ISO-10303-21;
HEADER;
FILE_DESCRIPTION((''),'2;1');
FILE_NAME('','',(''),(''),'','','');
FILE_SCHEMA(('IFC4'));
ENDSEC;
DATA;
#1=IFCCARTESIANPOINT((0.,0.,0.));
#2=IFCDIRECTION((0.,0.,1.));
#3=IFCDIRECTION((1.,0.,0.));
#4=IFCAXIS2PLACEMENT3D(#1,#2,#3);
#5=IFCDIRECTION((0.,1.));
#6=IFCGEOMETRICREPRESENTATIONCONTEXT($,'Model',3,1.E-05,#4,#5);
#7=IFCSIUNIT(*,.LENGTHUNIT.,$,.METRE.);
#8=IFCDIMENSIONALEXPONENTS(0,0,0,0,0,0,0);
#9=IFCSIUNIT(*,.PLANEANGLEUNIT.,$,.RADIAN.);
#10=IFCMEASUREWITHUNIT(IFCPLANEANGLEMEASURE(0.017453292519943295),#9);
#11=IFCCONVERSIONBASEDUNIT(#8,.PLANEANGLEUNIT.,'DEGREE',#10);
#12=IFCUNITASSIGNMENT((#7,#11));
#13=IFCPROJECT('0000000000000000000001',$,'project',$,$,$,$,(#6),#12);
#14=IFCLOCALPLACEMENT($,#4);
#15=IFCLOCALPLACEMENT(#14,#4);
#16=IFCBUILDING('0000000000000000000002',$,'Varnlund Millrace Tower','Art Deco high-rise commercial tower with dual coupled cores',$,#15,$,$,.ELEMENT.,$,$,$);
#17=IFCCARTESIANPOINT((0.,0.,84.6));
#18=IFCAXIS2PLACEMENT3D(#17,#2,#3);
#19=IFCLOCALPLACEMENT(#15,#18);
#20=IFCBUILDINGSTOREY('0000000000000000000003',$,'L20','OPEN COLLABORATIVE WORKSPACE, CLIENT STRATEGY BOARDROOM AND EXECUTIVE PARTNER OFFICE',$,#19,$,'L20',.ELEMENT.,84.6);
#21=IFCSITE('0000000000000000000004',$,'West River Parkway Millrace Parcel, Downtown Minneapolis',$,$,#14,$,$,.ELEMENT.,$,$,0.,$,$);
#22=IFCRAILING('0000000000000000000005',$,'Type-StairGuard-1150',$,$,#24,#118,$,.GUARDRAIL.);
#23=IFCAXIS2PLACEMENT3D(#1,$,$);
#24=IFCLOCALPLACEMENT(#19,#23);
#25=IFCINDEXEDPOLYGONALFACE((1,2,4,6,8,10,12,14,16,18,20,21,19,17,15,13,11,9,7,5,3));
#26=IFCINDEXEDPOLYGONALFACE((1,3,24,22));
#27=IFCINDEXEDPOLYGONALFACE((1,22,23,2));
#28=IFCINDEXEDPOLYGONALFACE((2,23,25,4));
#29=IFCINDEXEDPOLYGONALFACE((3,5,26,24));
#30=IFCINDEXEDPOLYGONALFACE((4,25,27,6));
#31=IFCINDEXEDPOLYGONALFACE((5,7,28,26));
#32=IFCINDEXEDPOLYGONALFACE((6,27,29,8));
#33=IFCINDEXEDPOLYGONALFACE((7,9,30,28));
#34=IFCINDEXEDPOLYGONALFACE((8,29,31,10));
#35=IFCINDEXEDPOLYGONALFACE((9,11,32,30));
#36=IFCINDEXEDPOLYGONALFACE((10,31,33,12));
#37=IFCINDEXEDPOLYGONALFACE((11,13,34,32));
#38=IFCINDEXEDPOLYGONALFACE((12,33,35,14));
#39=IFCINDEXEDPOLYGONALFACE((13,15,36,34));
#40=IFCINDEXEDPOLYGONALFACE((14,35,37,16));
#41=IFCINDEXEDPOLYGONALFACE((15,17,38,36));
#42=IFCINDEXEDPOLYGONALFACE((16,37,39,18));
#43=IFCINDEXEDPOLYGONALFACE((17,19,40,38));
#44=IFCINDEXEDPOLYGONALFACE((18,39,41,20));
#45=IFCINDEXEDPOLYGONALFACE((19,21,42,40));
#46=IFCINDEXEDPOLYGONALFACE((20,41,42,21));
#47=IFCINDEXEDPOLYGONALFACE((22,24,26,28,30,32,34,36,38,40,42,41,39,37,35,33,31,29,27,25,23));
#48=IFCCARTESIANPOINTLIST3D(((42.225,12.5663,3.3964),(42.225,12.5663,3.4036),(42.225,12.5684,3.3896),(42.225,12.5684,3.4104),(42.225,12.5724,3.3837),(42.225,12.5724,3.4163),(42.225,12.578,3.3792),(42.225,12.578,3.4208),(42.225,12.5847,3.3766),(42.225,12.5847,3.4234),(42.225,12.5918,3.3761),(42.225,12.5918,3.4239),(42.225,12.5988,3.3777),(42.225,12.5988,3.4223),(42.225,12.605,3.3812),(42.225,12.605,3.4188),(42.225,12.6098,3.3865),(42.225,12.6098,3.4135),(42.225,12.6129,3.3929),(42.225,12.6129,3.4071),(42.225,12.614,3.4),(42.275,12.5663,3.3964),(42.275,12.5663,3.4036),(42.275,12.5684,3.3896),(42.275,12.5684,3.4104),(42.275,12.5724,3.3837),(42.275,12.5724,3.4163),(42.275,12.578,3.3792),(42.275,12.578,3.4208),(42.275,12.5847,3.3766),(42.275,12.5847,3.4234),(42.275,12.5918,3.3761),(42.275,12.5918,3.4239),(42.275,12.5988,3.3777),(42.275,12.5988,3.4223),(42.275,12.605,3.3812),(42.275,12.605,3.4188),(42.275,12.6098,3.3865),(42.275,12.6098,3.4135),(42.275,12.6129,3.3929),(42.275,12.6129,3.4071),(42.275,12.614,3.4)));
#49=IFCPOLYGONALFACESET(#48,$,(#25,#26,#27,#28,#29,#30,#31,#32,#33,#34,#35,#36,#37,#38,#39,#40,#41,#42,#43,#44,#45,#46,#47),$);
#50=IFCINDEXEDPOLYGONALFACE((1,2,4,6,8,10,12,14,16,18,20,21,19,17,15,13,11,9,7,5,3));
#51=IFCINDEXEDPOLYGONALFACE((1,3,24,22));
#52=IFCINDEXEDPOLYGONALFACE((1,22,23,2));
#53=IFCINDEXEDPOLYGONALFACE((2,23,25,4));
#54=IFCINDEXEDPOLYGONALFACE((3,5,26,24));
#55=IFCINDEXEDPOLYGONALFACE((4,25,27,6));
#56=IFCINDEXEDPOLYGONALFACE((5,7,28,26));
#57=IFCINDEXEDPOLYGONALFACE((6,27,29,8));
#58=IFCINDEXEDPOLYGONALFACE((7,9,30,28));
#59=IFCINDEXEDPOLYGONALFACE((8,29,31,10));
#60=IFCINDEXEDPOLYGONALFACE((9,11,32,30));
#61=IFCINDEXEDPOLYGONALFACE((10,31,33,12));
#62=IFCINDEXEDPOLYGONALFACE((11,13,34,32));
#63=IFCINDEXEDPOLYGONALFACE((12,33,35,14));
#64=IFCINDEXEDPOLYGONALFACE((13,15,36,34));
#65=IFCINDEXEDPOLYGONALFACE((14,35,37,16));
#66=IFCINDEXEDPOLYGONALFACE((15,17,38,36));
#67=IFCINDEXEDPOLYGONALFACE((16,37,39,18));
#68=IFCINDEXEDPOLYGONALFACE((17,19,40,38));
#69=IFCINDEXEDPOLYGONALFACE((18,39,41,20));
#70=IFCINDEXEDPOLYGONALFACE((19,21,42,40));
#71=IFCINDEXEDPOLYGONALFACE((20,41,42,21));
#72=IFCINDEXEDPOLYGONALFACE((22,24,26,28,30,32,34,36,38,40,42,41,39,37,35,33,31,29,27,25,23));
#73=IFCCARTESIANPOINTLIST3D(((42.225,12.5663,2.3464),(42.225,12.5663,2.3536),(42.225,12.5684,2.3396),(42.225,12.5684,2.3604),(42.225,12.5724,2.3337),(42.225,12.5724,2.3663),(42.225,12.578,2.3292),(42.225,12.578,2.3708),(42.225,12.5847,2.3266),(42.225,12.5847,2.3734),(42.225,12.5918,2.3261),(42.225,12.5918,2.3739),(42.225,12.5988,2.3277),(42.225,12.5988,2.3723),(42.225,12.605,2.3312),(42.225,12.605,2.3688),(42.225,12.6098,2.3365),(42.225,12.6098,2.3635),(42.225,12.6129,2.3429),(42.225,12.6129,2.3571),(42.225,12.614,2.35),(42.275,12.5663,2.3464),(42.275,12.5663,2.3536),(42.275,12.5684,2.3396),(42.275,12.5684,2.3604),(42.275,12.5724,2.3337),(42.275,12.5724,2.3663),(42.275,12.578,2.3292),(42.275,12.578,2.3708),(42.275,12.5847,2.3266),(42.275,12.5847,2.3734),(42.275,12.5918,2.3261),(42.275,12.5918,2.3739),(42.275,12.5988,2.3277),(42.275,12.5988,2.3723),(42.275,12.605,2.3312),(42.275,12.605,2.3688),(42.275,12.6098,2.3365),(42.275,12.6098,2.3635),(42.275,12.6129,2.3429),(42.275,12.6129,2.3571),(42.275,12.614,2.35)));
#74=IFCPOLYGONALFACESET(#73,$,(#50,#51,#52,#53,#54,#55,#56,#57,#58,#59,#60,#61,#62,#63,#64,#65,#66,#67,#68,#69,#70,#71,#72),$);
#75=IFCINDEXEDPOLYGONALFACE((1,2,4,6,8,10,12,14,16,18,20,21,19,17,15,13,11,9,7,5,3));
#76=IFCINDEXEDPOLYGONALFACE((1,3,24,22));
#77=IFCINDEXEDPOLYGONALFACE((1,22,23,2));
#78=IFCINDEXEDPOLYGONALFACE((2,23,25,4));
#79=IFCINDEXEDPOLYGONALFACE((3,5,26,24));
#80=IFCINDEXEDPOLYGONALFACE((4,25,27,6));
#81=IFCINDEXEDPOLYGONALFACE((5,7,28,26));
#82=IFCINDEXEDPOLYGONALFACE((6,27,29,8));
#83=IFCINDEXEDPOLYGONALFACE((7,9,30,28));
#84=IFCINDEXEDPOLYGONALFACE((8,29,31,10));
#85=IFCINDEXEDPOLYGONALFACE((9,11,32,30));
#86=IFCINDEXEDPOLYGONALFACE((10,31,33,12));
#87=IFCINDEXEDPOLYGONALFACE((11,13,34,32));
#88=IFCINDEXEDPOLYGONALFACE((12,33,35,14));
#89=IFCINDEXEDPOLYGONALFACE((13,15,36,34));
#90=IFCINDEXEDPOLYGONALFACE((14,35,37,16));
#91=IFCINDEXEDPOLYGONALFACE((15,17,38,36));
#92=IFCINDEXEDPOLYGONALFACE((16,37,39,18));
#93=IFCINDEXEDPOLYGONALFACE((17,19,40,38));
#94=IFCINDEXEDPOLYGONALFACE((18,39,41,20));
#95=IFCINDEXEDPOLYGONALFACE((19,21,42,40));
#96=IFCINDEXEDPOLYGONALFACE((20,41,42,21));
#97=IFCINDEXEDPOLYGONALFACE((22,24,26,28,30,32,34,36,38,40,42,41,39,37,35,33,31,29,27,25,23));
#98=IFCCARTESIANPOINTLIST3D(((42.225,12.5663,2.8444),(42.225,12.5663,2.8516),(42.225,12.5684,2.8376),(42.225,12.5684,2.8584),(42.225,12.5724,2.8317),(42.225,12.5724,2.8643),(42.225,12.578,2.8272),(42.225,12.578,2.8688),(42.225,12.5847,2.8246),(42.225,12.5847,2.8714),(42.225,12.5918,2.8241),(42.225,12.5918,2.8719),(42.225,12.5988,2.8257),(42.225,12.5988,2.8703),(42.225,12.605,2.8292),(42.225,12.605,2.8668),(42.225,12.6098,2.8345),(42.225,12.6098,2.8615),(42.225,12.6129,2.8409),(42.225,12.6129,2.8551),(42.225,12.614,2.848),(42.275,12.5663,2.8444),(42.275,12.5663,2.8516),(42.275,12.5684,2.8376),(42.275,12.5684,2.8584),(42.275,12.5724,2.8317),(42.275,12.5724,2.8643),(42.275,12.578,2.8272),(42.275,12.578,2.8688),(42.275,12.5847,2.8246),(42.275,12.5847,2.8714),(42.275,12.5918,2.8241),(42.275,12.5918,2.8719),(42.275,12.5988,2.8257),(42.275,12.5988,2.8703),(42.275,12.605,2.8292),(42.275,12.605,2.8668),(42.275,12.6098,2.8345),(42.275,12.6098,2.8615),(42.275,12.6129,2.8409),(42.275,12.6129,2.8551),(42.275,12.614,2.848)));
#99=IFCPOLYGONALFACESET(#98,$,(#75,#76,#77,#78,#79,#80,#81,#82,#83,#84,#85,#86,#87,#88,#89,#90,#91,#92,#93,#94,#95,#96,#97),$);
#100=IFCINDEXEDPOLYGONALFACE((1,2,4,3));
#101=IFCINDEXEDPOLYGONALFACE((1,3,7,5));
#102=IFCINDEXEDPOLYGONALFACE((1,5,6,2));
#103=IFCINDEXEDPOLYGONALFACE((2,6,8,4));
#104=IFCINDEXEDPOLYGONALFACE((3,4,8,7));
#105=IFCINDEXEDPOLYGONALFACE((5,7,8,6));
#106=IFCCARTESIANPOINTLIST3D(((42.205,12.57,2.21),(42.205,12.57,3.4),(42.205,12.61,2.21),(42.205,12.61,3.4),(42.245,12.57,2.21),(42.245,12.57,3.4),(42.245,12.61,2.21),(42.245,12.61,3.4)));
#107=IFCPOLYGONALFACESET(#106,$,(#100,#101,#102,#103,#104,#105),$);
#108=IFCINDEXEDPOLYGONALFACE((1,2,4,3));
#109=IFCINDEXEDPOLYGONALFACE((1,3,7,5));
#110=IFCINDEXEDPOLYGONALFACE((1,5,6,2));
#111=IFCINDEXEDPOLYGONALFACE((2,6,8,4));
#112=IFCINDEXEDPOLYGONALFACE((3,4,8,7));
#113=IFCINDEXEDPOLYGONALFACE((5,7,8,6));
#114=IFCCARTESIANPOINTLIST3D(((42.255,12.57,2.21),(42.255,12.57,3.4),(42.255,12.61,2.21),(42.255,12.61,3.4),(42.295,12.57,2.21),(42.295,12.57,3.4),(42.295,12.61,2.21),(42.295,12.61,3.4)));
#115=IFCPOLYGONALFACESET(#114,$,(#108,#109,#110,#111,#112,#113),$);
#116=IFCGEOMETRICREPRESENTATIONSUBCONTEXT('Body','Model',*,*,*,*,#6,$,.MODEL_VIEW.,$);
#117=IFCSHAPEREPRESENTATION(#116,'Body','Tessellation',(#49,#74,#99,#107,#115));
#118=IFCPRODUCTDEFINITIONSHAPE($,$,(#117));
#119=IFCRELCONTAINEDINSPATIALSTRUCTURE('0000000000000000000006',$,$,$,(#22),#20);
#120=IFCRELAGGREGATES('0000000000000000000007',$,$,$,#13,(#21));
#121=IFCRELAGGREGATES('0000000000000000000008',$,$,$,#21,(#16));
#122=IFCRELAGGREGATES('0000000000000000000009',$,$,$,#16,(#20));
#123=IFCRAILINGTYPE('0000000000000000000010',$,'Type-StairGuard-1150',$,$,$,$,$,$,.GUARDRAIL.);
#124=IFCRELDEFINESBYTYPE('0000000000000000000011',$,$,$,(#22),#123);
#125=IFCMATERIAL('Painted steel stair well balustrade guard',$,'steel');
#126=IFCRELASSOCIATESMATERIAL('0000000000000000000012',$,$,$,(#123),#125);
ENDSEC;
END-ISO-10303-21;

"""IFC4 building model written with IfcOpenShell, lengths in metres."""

from ifc_helpers import new_model, entity, si_unit, converted_unit, direction, frame, origin_with_axes, origin_2d_with_axis, place, context, subcontext, project, spatial, rectangle, circle, extrude, material, type_object, element, save


model = new_model("IFC4")

# Units and contexts
model_context = context("Model", 3, precision=1e-05, world=origin_with_axes(), true_north=direction((0.0, 1.0)))
body_context = subcontext(model_context, "Body", "Model", "MODEL_VIEW")
ifc_project = project(units=[si_unit("LENGTHUNIT", "METRE"), converted_unit("PLANEANGLEUNIT", "DEGREE", entity("IfcPlaneAngleMeasure", 0.017453292519943295), si_unit("PLANEANGLEUNIT", "RADIAN"), dimensions=[0, 0, 0, 0, 0, 0, 0])], contexts=[model_context])

# Site, building, storey
site_placement = place(None, origin_with_axes())
site = spatial("IfcSite", under=ifc_project, at=site_placement, Name="West River Parkway Millrace Parcel, Downtown Minneapolis", CompositionType="ELEMENT", RefElevation=0.0)
building_placement = place(site_placement, origin_with_axes())
building = spatial("IfcBuilding", under=site, at=building_placement, Name="Varnlund Millrace Tower", Description="Art Deco high-rise commercial tower with dual coupled cores", CompositionType="ELEMENT")
storey_placement = place(building_placement, frame((0.0, 0.0, 84.6), z_axis=(0.0, 0.0, 1.0), x_axis=(1.0, 0.0, 0.0)))
storey = spatial("IfcBuildingStorey", under=building, at=storey_placement, Name="L20", Description="OPEN COLLABORATIVE WORKSPACE, CLIENT STRATEGY BOARDROOM AND EXECUTIVE PARTNER OFFICE", LongName="L20", CompositionType="ELEMENT", Elevation=84.6)

# Railing
ifc_material_1 = material(Name="Painted steel stair well balustrade guard", Category="steel")
railing_type_1 = type_object("IfcRailingType", Name="Type-StairGuard-1150", PredefinedType="GUARDRAIL", material=ifc_material_1)
railing_1_placement = place(storey_placement, frame((0.0, 0.0, -84.6), z_axis=(0.0, 0.0, 1.0), x_axis=(1.0, 0.0, 0.0)))
element("IfcRailing", 1, at=railing_1_placement, inside=storey, type_object=railing_type_1, Name="Type-StairGuard-1150", PredefinedType="GUARDRAIL", context=body_context, shape_type="SweptSolid", body=[
    extrude(circle(Radius=0.024, at=origin_2d_with_axis()), frame((42.225, 12.59, 88.0), z_axis=(1.0, 0.0, 0.0), x_axis=(0.0, 1.0, 0.0)), (0.0, 0.0, 1.0), 0.05),
    extrude(circle(Radius=0.024, at=origin_2d_with_axis()), frame((42.225, 12.59, 86.95), z_axis=(1.0, 0.0, 0.0), x_axis=(0.0, 1.0, 0.0)), (0.0, 0.0, 1.0), 0.05),
    extrude(circle(Radius=0.024, at=origin_2d_with_axis()), frame((42.225, 12.59, 87.448), z_axis=(1.0, 0.0, 0.0), x_axis=(0.0, 1.0, 0.0)), (0.0, 0.0, 1.0), 0.05),
    extrude(rectangle(XDim=0.04, YDim=0.04, at=origin_2d_with_axis()), frame((42.225, 12.59, 86.81), z_axis=(0.0, 0.0, 1.0), x_axis=(1.0, 0.0, 0.0)), (0.0, 0.0, 1.0), 1.19),
    extrude(rectangle(XDim=0.04, YDim=0.04, at=origin_2d_with_axis()), frame((42.275, 12.59, 86.81), z_axis=(0.0, 0.0, 1.0), x_axis=(1.0, 0.0, 0.0)), (0.0, 0.0, 1.0), 1.19),
])

save(model, "model.ifc")
